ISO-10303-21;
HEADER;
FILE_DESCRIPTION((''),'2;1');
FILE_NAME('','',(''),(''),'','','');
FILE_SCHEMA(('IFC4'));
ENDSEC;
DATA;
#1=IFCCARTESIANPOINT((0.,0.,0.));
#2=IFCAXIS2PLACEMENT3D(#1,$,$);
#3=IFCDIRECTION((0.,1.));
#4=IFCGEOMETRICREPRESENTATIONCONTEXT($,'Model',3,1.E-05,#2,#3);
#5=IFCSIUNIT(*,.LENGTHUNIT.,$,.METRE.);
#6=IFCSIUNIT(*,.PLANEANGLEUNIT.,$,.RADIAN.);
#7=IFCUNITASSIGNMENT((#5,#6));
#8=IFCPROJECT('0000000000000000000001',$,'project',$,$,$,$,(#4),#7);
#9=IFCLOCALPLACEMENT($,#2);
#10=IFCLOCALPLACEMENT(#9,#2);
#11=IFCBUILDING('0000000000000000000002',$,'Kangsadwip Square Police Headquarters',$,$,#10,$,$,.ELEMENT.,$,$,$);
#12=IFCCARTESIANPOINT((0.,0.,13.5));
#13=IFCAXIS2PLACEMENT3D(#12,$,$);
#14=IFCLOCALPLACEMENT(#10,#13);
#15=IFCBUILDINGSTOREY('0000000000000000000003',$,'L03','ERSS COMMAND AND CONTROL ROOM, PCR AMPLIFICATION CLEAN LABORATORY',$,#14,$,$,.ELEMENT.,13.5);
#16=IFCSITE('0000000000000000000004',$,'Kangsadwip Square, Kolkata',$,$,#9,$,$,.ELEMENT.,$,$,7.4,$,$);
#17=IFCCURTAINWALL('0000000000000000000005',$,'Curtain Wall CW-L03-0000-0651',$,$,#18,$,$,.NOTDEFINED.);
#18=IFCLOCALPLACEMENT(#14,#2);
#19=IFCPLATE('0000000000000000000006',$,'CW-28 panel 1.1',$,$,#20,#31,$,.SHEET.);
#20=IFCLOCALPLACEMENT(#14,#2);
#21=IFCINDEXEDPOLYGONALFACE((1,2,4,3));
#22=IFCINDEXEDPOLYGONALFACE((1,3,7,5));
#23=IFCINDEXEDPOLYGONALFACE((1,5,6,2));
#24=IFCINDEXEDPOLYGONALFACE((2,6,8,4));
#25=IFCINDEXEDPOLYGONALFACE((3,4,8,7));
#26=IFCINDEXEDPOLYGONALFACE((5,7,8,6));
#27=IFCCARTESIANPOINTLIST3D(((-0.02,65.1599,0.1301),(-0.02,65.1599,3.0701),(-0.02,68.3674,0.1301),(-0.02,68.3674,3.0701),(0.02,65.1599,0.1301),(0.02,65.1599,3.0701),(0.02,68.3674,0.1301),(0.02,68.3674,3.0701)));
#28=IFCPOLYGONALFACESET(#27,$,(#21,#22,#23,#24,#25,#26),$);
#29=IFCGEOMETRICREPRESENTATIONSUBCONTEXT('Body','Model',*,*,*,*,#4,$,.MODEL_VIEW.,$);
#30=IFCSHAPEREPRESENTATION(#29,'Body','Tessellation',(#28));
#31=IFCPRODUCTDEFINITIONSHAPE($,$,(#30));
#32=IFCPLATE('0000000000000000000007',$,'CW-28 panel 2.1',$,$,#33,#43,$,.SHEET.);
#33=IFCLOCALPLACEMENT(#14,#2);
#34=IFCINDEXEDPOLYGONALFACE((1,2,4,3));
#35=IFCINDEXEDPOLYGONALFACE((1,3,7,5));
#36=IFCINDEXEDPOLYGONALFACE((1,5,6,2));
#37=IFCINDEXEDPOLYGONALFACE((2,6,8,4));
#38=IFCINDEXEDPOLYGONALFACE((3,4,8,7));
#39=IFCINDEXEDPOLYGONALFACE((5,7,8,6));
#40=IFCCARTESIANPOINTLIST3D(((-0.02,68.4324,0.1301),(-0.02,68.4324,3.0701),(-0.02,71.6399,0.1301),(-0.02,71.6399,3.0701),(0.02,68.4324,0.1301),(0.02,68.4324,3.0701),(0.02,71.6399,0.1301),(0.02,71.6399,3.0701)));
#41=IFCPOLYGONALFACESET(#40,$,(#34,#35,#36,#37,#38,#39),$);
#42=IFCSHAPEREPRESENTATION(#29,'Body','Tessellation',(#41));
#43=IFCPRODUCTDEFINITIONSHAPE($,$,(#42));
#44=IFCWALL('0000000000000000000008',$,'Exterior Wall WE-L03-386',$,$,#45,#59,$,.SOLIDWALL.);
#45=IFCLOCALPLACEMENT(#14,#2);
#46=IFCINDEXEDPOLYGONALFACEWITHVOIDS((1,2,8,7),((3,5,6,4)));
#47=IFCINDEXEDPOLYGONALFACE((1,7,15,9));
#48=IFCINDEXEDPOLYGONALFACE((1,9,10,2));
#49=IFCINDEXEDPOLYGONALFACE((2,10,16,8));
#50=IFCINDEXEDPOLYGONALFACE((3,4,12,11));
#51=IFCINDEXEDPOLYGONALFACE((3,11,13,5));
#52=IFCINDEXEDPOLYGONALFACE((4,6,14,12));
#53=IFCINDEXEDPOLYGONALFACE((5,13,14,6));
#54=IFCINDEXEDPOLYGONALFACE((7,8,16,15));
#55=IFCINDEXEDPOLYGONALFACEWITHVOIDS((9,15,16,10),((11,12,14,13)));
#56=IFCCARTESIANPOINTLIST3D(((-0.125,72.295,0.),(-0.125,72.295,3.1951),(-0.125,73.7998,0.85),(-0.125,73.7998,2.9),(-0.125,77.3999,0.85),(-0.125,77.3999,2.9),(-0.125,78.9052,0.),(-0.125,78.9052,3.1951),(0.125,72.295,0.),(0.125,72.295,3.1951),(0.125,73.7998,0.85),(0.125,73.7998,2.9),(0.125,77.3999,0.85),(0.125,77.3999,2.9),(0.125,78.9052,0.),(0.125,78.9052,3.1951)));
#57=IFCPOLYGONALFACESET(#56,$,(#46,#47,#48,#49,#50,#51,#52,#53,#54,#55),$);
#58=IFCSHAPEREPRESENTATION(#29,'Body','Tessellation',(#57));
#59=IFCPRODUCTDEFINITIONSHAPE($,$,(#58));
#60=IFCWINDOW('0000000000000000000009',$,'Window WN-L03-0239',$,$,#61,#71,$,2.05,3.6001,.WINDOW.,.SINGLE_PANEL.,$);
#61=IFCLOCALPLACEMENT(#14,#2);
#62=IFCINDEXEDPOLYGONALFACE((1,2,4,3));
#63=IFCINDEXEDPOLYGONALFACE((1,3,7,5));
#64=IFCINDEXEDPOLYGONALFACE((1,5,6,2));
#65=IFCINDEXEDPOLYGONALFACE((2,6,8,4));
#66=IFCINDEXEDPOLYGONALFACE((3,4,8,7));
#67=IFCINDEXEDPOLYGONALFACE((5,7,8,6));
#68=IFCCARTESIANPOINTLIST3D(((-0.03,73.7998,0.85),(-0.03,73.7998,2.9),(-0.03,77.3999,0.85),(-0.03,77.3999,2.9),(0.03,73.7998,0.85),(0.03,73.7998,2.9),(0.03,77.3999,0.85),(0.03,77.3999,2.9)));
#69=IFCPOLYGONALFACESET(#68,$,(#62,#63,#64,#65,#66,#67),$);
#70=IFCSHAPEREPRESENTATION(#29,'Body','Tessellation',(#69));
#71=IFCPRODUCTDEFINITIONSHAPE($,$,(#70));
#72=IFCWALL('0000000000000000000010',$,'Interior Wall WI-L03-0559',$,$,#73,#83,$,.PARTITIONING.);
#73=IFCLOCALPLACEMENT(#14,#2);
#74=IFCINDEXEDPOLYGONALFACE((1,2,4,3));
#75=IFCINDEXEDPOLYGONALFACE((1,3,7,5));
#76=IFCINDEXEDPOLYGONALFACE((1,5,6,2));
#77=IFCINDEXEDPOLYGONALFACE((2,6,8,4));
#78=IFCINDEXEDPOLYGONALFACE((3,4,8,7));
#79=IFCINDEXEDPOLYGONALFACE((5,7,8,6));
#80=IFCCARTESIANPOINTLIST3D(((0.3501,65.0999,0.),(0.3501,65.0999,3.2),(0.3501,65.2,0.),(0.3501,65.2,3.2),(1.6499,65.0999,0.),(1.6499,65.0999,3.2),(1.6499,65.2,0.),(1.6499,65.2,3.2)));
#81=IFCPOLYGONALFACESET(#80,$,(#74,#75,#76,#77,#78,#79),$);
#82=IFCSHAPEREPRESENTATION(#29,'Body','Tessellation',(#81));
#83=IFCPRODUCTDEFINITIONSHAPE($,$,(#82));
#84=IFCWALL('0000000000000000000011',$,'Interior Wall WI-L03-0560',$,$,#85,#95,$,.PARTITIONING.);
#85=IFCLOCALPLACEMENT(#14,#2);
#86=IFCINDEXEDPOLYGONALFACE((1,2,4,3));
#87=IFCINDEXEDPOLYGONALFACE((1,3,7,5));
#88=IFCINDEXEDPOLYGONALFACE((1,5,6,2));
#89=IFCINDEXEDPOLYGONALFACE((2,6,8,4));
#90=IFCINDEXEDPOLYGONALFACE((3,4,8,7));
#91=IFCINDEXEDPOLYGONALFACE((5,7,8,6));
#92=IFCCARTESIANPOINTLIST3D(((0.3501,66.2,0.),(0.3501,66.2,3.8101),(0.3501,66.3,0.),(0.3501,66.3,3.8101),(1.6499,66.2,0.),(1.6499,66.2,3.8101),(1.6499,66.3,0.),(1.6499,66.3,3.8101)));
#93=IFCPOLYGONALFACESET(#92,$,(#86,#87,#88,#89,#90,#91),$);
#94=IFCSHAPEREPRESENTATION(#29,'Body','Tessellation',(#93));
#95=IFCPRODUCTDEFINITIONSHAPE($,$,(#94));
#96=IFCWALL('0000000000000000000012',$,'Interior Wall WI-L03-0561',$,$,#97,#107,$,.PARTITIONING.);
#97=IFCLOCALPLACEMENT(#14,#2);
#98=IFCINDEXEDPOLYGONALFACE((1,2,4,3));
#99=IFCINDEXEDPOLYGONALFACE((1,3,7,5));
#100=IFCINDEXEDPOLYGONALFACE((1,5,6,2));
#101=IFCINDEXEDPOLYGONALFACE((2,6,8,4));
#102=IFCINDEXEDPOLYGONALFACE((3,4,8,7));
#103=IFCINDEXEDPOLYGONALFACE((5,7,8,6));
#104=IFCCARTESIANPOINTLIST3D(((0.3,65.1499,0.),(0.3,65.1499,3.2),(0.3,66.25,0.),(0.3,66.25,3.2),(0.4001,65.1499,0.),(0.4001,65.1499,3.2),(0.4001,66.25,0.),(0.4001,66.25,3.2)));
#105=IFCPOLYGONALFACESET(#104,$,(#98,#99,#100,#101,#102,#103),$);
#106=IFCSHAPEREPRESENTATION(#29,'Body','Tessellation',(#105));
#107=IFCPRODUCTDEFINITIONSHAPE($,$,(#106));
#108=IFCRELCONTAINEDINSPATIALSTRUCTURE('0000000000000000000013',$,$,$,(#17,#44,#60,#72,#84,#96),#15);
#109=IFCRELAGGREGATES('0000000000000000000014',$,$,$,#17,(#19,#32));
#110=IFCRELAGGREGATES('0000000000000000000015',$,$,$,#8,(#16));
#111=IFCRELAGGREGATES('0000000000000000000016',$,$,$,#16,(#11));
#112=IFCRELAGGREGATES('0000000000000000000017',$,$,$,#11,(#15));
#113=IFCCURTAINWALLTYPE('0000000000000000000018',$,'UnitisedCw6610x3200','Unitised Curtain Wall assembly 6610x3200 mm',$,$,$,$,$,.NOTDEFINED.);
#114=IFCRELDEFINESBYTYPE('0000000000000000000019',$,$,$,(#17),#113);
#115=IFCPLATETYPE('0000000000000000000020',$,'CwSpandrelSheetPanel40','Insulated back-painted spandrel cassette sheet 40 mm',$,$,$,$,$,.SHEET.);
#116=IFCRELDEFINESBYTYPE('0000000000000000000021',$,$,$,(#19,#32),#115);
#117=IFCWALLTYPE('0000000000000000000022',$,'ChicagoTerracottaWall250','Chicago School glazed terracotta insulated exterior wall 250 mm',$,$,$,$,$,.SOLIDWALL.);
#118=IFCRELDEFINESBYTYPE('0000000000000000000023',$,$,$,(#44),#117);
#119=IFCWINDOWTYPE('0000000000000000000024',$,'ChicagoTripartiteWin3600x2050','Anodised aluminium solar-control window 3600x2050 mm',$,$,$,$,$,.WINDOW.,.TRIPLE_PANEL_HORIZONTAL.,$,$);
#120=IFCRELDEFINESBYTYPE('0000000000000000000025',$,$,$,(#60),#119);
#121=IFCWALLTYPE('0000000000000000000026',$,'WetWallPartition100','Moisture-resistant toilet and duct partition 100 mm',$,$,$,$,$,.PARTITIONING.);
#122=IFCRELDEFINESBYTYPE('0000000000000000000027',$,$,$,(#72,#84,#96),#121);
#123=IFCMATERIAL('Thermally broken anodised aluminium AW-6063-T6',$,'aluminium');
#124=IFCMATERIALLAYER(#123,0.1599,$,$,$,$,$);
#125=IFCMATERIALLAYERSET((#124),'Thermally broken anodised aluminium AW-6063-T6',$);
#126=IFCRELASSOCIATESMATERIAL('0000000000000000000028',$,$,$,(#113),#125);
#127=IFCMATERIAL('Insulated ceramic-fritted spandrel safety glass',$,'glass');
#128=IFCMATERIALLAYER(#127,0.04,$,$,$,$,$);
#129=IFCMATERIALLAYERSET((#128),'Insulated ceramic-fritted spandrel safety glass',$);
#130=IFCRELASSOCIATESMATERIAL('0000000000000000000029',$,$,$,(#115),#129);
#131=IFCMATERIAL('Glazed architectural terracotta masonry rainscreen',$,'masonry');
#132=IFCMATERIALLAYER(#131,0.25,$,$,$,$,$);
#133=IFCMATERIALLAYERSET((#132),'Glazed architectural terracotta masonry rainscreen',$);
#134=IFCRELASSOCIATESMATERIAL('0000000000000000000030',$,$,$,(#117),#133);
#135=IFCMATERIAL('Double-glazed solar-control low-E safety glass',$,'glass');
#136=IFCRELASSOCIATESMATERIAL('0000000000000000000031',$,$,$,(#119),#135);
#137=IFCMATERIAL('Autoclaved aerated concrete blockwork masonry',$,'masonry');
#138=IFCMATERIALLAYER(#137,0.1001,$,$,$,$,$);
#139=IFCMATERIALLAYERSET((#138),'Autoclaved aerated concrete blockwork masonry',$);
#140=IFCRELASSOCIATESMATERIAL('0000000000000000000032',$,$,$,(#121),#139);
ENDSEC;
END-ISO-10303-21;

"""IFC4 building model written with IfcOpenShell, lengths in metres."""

from ifc_helpers import new_model, si_unit, direction, frame, frame_2d, origin, origin_2d, place, context, subcontext, project, spatial, rectangle, extrude, material, layer, layer_set, type_object, element, fill, aggregate, save


model = new_model("IFC4")

# Units and contexts
model_context = context("Model", 3, precision=1e-05, world=origin(), true_north=direction((0.0, 1.0)))
body_context = subcontext(model_context, "Body", "Model", "MODEL_VIEW")
ifc_project = project(units=[si_unit("LENGTHUNIT", "METRE"), si_unit("PLANEANGLEUNIT", "RADIAN")], contexts=[model_context])

# Site, building, storey
site_placement = place(None, origin())
site = spatial("IfcSite", under=ifc_project, at=site_placement, Name="Kangsadwip Square, Kolkata", CompositionType="ELEMENT", RefElevation=7.4)
building_placement = place(site_placement, origin())
building = spatial("IfcBuilding", under=site, at=building_placement, Name="Kangsadwip Square Police Headquarters", CompositionType="ELEMENT")
storey_placement = place(building_placement, frame((0.0, 0.0, 13.5)))
storey = spatial("IfcBuildingStorey", under=building, at=storey_placement, Name="L03", Description="ERSS COMMAND AND CONTROL ROOM, PCR AMPLIFICATION CLEAN LABORATORY", CompositionType="ELEMENT", Elevation=13.5)

# Curtain wall
ifc_material_1 = material(Name="Thermally broken anodised aluminium AW-6063-T6", Category="aluminium")
ifc_layer_1 = layer(ifc_material_1, 0.1599)
ifc_layer_set_1 = layer_set([ifc_layer_1], Name="Thermally broken anodised aluminium AW-6063-T6")
curtain_wall_type = type_object("IfcCurtainWallType", Name="UnitisedCw6610x3200", Description="Unitised Curtain Wall assembly 6610x3200 mm", PredefinedType="NOTDEFINED", material=ifc_layer_set_1)
curtain_wall_placement = place(storey_placement, origin())
curtain_wall = element("IfcCurtainWall", 1, at=curtain_wall_placement, inside=storey, type_object=curtain_wall_type, Name="Curtain Wall CW-L03-0000-0651", PredefinedType="NOTDEFINED")

# Plates
ifc_material_2 = material(Name="Insulated ceramic-fritted spandrel safety glass", Category="glass")
ifc_layer_2 = layer(ifc_material_2, 0.04)
ifc_layer_set_2 = layer_set([ifc_layer_2], Name="Insulated ceramic-fritted spandrel safety glass")
plate_type = type_object("IfcPlateType", Name="CwSpandrelSheetPanel40", Description="Insulated back-painted spandrel cassette sheet 40 mm", PredefinedType="SHEET", material=ifc_layer_set_2)
plate_1_placement = place(storey_placement, frame((0.0, 66.7637, 0.1301), z_axis=(0.0, 0.0, 1.0), x_axis=(0.0, 1.0, 0.0)))
plate_1 = element("IfcPlate", 2, at=plate_1_placement, type_object=plate_type, Name="CW-28 panel 1.1", PredefinedType="SHEET", context=body_context, shape_type="SweptSolid", body=[
    extrude(rectangle(XDim=3.2075, YDim=0.04, at=origin_2d()), origin(), (0.0, 0.0, 1.0), 2.9399),
])
plate_2_placement = place(storey_placement, frame((0.0, 70.0361, 0.1301), z_axis=(0.0, 0.0, 1.0), x_axis=(0.0, 1.0, 0.0)))
plate_2 = element("IfcPlate", 3, at=plate_2_placement, type_object=plate_type, Name="CW-28 panel 2.1", PredefinedType="SHEET", context=body_context, shape_type="SweptSolid", body=[
    extrude(rectangle(XDim=3.2075, YDim=0.04, at=origin_2d()), origin(), (0.0, 0.0, 1.0), 2.9399),
])
aggregate(curtain_wall, [plate_1, plate_2])

# Wall, opening, window
ifc_material_3 = material(Name="Glazed architectural terracotta masonry rainscreen", Category="masonry")
ifc_layer_3 = layer(ifc_material_3, 0.25)
ifc_layer_set_3 = layer_set([ifc_layer_3], Name="Glazed architectural terracotta masonry rainscreen")
wall_type_1 = type_object("IfcWallType", Name="ChicagoTerracottaWall250", Description="Chicago School glazed terracotta insulated exterior wall 250 mm", PredefinedType="SOLIDWALL", material=ifc_layer_set_3)
wall_1_placement = place(storey_placement, frame((0.0, 72.2949, 0.0), z_axis=(0.0, 0.0, 1.0), x_axis=(0.0, 1.0, 0.0)))
wall_1 = element("IfcWall", 4, at=wall_1_placement, inside=storey, type_object=wall_type_1, Name="Exterior Wall WE-L03-386", PredefinedType="SOLIDWALL", context=body_context, shape_type="SweptSolid", body=[
    extrude(rectangle(XDim=6.6101, YDim=0.25, at=frame_2d((3.3052, 0.0))), origin(), (0.0, 0.0, 1.0), 3.1951),
])
opening_placement = place(wall_1_placement, frame((1.5049, 0.0, 0.8501)))
opening = element("IfcOpeningElement", 5, at=opening_placement, cuts=wall_1, PredefinedType="OPENING", context=body_context, shape_type="SweptSolid", body=[
    extrude(rectangle(XDim=3.6001, YDim=2.05, at=frame_2d((1.8, 1.0249))), frame((0.0, 0.135, 0.0), z_axis=(0.0, -1.0, 0.0), x_axis=(1.0, 0.0, 0.0)), (0.0, 0.0, 1.0), 0.27),
])
ifc_material_4 = material(Name="Double-glazed solar-control low-E safety glass", Category="glass")
window_type = type_object("IfcWindowType", Name="ChicagoTripartiteWin3600x2050", Description="Anodised aluminium solar-control window 3600x2050 mm", PartitioningType="TRIPLE_PANEL_HORIZONTAL", PredefinedType="WINDOW", material=ifc_material_4)
window_placement = place(opening_placement, origin())
window = element("IfcWindow", 6, at=window_placement, inside=storey, type_object=window_type, Name="Window WN-L03-0239", OverallHeight=2.05, OverallWidth=3.6001, PartitioningType="SINGLE_PANEL", PredefinedType="WINDOW", context=body_context, shape_type="SweptSolid", body=[
    extrude(rectangle(XDim=3.6001, YDim=2.05, at=frame_2d((1.8, 1.0249))), frame((0.0, 0.03, 0.0), z_axis=(0.0, -1.0, 0.0), x_axis=(1.0, 0.0, 0.0)), (0.0, 0.0, 1.0), 0.0601),
])
fill(opening, window)

# Walls
ifc_material_5 = material(Name="Autoclaved aerated concrete blockwork masonry", Category="masonry")
ifc_layer_4 = layer(ifc_material_5, 0.1001)
ifc_layer_set_4 = layer_set([ifc_layer_4], Name="Autoclaved aerated concrete blockwork masonry")
wall_type_2 = type_object("IfcWallType", Name="WetWallPartition100", Description="Moisture-resistant toilet and duct partition 100 mm", PredefinedType="PARTITIONING", material=ifc_layer_set_4)
wall_2_placement = place(storey_placement, frame((0.3501, 65.1499, 0.0), z_axis=(0.0, 0.0, 1.0), x_axis=(1.0, 0.0, 0.0)))
element("IfcWall", 7, at=wall_2_placement, inside=storey, type_object=wall_type_2, Name="Interior Wall WI-L03-0559", PredefinedType="PARTITIONING", context=body_context, shape_type="SweptSolid", body=[
    extrude(rectangle(XDim=1.2998, YDim=0.1001, at=frame_2d((0.6499, 0.0))), origin(), (0.0, 0.0, 1.0), 3.2),
])
wall_3_placement = place(storey_placement, frame((0.3501, 66.25, 0.0), z_axis=(0.0, 0.0, 1.0), x_axis=(1.0, 0.0, 0.0)))
element("IfcWall", 8, at=wall_3_placement, inside=storey, type_object=wall_type_2, Name="Interior Wall WI-L03-0560", PredefinedType="PARTITIONING", context=body_context, shape_type="SweptSolid", body=[
    extrude(rectangle(XDim=1.2998, YDim=0.1001, at=frame_2d((0.6499, 0.0))), origin(), (0.0, 0.0, 1.0), 3.8101),
])
wall_4_placement = place(storey_placement, frame((0.3501, 65.1499, 0.0), z_axis=(0.0, 0.0, 1.0), x_axis=(0.0, 1.0, 0.0)))
element("IfcWall", 9, at=wall_4_placement, inside=storey, type_object=wall_type_2, Name="Interior Wall WI-L03-0561", PredefinedType="PARTITIONING", context=body_context, shape_type="SweptSolid", body=[
    extrude(rectangle(XDim=1.1001, YDim=0.1001, at=frame_2d((0.55, 0.0))), origin(), (0.0, 0.0, 1.0), 3.2),
])

save(model, "model.ifc")
